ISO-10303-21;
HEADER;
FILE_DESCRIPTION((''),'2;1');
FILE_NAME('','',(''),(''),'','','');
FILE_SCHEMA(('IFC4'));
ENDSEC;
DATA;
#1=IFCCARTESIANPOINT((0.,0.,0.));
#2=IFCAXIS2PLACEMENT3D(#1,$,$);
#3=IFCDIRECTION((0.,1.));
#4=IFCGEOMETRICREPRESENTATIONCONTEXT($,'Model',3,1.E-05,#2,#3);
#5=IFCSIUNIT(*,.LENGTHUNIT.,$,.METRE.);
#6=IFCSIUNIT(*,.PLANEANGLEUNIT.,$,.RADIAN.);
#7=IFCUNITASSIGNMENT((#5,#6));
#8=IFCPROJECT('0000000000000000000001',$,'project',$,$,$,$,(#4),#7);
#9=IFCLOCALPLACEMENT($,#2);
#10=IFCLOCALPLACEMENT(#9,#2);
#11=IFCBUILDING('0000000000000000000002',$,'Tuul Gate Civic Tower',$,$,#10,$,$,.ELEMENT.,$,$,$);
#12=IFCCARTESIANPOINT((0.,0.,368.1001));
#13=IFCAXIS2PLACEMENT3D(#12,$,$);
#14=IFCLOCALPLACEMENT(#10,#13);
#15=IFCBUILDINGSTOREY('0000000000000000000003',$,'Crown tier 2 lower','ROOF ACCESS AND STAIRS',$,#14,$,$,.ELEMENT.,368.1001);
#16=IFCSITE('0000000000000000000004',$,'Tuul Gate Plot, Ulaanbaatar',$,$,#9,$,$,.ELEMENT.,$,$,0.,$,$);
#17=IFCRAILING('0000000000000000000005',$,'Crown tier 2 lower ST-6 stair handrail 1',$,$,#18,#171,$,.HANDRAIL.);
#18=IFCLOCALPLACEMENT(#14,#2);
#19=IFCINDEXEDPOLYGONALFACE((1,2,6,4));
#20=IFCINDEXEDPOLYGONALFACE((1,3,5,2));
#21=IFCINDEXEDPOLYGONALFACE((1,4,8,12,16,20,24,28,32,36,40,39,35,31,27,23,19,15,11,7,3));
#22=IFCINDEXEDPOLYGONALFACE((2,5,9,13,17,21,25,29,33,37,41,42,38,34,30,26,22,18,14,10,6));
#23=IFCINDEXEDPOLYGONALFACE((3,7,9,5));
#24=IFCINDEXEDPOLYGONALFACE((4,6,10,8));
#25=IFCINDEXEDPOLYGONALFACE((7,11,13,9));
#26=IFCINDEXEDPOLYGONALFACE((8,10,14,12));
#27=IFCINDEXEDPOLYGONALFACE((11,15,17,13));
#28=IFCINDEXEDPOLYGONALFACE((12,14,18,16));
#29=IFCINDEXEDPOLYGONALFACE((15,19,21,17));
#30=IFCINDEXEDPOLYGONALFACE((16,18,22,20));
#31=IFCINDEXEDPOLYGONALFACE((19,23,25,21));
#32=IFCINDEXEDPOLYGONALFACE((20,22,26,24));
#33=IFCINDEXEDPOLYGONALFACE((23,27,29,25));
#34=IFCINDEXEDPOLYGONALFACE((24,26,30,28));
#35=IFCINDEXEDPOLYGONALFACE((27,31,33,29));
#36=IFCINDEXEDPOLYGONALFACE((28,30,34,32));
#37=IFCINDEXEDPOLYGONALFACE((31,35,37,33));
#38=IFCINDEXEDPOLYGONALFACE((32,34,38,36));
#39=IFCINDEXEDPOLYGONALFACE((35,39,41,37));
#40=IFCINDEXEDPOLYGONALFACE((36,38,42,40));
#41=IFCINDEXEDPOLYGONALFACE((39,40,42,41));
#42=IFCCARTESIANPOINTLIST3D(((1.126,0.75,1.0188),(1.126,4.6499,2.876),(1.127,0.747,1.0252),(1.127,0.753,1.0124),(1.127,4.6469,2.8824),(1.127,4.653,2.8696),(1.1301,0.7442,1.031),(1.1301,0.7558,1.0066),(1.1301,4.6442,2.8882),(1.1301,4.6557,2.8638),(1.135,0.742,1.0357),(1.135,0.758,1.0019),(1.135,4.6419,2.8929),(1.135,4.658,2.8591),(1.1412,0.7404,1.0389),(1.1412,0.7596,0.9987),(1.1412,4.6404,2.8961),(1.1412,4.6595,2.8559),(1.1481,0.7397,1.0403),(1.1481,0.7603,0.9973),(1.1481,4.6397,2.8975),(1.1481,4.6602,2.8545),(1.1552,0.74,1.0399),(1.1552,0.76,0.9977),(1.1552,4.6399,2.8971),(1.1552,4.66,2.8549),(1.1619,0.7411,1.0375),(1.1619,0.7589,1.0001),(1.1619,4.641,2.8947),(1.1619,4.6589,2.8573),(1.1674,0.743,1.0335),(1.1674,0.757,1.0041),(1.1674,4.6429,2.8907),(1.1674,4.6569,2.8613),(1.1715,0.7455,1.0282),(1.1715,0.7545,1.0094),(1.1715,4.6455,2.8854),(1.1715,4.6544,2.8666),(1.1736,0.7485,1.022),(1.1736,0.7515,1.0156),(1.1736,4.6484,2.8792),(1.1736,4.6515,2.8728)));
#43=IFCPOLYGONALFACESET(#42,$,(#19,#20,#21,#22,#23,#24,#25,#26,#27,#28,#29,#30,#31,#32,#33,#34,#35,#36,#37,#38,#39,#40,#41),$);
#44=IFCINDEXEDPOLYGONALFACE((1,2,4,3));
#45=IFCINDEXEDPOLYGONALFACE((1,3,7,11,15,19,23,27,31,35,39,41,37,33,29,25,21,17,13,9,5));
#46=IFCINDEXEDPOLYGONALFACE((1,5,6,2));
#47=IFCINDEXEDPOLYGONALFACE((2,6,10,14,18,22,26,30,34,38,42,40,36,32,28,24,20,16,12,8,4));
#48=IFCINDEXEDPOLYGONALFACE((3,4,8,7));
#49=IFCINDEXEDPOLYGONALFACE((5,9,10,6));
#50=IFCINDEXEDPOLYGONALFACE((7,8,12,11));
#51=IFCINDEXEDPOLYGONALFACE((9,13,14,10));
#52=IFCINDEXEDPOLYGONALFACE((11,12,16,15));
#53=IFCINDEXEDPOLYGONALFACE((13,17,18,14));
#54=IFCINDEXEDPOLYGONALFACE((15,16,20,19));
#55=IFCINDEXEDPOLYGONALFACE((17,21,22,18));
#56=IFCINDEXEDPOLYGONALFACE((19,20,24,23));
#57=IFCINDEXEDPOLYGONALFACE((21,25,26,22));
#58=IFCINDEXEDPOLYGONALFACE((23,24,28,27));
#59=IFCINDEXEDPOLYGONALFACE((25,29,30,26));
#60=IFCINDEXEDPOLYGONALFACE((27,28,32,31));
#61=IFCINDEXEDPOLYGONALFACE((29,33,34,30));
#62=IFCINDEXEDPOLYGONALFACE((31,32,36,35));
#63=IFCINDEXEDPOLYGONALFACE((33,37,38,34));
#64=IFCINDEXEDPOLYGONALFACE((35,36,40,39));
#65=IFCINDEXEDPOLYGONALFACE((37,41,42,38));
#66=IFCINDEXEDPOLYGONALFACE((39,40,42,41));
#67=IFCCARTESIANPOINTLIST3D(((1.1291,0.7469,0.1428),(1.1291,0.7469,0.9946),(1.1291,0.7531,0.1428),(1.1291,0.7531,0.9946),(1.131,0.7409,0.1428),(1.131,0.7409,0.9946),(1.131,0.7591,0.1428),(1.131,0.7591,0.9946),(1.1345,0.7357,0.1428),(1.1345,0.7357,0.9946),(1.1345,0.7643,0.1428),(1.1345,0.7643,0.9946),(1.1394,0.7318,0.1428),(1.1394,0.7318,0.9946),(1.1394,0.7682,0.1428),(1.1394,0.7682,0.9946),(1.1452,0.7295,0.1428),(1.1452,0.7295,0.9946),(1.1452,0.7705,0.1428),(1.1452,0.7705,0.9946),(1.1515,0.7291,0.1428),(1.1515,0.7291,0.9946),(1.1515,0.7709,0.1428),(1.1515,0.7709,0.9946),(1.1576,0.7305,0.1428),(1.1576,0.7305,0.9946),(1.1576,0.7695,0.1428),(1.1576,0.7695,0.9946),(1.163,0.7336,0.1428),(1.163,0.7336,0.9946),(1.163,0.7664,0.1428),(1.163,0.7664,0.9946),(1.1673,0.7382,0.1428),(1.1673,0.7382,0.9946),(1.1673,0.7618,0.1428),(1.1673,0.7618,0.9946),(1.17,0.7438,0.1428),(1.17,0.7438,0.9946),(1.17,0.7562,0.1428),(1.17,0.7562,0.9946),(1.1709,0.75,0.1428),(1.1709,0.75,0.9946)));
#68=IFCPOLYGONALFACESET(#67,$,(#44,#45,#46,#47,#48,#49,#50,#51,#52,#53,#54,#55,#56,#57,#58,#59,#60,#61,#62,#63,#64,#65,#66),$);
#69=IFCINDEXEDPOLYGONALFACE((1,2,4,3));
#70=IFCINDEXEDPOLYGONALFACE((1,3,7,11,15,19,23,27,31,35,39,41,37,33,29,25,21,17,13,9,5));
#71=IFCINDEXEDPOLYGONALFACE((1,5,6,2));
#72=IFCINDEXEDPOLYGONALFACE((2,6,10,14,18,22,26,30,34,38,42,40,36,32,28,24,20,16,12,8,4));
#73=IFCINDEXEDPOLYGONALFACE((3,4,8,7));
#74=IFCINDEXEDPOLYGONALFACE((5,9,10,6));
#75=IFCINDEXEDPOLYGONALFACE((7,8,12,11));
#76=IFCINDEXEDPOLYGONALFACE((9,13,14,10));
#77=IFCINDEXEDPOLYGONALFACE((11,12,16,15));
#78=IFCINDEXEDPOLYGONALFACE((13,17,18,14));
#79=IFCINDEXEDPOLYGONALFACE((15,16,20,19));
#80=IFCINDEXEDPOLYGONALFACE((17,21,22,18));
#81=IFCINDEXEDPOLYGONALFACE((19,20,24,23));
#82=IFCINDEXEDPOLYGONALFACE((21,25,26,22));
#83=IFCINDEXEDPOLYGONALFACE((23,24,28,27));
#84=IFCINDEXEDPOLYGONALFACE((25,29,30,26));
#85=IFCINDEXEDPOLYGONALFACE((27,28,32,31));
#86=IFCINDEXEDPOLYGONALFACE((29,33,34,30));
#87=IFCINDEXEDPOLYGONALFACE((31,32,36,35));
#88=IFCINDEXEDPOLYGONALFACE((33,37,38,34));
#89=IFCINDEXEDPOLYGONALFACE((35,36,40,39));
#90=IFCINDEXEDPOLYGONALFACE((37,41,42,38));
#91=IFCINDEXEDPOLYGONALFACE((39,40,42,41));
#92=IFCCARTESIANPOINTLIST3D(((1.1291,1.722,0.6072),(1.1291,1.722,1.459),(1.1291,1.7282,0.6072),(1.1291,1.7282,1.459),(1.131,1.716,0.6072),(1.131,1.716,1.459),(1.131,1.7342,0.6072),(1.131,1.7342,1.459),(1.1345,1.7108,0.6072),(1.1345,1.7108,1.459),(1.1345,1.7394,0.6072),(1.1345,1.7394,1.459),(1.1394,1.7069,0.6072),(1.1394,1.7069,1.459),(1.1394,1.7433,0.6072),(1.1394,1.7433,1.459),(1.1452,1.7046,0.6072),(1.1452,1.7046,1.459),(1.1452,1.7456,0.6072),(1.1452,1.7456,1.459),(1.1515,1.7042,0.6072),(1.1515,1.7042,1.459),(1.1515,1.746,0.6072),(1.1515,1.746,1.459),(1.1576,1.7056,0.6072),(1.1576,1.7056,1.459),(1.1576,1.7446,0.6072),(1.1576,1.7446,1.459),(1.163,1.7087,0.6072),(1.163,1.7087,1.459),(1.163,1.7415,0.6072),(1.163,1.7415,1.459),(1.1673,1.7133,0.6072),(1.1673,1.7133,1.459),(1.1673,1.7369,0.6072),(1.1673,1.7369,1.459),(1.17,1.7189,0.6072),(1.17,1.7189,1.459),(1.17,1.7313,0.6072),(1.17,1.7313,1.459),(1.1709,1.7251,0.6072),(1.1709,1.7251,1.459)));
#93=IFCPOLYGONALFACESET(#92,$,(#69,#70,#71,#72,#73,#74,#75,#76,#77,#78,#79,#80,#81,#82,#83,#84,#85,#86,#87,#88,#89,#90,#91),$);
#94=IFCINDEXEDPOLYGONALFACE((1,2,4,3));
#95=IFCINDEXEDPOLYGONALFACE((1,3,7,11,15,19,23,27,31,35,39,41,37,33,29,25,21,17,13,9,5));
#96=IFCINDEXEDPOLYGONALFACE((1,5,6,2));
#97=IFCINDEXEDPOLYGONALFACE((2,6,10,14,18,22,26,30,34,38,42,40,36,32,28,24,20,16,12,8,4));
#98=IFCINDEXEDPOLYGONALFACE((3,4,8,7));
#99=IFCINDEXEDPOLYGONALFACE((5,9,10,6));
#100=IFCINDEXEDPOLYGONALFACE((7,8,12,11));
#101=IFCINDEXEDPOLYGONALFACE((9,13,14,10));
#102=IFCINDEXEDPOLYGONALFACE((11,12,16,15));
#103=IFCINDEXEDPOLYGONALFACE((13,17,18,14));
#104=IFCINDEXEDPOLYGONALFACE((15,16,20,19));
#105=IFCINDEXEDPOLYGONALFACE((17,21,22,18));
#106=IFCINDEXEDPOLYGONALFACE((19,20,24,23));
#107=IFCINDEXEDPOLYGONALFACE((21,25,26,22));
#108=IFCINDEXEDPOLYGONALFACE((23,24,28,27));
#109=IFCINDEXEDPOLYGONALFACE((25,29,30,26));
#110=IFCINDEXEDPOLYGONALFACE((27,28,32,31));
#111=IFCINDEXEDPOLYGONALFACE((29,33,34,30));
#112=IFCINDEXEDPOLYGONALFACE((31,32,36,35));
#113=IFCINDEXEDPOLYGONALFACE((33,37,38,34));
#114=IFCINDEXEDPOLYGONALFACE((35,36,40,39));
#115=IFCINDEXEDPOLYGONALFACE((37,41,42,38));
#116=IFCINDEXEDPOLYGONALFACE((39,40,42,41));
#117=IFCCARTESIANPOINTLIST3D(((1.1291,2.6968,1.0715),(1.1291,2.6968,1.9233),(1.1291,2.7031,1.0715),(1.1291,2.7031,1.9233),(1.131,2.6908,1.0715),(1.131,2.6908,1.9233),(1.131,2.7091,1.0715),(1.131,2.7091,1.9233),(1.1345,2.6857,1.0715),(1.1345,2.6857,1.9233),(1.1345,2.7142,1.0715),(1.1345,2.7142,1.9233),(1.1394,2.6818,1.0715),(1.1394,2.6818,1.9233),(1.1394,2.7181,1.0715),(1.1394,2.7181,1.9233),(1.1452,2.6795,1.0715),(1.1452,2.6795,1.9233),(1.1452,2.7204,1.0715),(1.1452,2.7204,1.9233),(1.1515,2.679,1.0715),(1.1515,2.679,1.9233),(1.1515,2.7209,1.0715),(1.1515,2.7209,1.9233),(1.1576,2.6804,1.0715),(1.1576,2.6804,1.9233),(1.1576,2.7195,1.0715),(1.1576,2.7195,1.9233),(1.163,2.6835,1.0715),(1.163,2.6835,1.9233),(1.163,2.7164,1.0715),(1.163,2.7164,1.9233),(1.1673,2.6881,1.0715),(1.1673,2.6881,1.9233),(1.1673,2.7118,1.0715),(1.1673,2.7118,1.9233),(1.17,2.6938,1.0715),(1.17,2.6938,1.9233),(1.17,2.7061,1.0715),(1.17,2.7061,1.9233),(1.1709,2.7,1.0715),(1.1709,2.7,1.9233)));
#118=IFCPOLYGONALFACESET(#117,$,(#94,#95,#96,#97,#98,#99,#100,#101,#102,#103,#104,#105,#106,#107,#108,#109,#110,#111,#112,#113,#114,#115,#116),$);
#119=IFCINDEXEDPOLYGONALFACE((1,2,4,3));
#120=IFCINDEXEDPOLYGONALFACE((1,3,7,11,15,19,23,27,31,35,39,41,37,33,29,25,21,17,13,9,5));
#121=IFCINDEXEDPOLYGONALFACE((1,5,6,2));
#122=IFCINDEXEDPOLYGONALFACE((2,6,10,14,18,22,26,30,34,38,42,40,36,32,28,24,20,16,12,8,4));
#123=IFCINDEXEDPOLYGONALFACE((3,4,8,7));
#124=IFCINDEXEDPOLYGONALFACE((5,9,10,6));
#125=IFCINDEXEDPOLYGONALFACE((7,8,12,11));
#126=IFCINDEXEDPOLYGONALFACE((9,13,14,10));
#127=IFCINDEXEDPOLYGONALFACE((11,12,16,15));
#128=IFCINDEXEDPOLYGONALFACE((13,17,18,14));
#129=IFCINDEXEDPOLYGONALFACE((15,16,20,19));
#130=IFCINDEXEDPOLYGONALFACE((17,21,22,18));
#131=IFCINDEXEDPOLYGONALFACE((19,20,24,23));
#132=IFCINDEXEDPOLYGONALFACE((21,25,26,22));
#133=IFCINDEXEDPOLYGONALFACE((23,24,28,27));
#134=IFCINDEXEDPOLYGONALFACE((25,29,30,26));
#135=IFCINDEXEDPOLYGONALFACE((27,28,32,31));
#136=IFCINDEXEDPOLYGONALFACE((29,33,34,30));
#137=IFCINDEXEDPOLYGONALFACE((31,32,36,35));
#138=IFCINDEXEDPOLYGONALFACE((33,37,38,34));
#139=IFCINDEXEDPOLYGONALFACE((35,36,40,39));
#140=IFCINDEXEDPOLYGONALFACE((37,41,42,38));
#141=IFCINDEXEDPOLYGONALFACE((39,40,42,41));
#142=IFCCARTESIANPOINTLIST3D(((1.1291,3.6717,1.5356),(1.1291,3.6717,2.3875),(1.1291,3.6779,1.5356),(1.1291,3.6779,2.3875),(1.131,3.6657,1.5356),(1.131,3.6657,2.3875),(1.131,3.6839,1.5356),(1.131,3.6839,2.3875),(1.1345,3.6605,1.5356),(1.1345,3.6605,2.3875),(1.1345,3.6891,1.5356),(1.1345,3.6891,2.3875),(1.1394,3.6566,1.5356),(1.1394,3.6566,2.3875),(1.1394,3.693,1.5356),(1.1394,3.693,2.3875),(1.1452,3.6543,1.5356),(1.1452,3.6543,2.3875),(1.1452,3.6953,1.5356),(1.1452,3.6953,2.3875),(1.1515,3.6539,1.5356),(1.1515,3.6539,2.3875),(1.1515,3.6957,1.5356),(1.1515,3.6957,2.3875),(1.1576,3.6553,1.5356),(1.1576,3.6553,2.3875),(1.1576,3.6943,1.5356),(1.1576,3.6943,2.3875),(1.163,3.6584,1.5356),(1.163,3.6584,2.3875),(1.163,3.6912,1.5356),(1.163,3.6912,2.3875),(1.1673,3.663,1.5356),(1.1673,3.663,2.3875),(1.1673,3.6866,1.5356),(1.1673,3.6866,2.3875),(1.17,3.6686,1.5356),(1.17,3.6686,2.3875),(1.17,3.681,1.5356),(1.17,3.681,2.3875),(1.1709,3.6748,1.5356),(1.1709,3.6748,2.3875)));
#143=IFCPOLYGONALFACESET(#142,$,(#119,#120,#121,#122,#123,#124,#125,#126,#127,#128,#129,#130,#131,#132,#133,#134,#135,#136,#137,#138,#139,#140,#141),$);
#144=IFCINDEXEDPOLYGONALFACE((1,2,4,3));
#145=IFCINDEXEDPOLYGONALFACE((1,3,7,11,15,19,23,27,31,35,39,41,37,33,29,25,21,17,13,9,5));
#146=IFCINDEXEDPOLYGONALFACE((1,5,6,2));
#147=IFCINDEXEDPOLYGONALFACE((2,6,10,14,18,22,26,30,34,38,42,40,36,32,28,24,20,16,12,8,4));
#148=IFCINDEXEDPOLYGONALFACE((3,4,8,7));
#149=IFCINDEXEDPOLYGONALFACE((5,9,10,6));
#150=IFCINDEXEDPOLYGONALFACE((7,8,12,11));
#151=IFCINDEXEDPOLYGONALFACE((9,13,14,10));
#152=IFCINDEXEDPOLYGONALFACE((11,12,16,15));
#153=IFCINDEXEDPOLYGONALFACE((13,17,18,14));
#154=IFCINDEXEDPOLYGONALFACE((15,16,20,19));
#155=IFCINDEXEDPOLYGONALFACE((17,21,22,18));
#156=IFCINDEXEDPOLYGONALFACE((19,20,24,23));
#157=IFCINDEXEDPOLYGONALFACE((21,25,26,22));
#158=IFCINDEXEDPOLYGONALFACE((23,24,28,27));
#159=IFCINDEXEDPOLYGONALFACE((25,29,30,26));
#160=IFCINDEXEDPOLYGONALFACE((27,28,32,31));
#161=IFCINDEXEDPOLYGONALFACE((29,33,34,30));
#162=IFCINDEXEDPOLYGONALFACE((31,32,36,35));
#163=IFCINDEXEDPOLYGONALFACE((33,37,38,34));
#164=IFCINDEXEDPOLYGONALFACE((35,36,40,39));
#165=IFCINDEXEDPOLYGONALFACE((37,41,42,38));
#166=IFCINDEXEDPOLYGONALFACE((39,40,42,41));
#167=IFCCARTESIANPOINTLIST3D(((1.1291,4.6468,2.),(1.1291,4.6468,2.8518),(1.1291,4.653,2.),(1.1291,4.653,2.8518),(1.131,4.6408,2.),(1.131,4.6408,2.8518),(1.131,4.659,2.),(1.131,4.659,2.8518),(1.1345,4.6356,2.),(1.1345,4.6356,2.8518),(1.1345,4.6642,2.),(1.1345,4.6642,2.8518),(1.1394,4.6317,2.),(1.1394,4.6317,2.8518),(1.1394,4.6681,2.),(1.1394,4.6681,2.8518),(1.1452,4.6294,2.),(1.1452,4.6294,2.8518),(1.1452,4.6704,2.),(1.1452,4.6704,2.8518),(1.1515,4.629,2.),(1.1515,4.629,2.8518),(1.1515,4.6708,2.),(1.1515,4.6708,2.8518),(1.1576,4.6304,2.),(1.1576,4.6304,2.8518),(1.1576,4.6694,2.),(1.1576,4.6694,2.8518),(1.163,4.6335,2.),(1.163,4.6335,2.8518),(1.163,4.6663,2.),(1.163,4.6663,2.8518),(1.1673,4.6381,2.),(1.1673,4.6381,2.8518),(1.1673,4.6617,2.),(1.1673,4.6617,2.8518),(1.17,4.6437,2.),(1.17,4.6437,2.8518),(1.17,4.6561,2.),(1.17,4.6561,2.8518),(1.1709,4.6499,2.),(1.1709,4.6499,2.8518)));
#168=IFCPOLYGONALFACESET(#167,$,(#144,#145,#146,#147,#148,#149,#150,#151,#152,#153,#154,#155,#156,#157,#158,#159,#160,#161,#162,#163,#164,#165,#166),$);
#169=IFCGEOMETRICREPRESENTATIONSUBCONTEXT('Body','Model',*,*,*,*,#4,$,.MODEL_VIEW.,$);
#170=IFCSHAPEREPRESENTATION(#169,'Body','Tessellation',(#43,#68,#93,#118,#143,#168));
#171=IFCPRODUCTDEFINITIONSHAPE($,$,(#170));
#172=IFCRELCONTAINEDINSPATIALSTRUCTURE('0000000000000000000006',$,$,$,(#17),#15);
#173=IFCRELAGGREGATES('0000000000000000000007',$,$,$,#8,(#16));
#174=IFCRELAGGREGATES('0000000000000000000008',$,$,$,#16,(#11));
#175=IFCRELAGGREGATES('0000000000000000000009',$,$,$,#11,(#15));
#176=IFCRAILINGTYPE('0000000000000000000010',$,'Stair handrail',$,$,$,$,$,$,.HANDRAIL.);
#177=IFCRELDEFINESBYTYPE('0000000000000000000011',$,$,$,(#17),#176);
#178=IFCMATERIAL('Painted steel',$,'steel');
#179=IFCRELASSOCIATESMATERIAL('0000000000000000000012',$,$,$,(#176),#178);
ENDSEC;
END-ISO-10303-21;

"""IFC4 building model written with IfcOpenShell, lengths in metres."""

from ifc_helpers import new_model, si_unit, direction, frame, origin, origin_2d, place, context, subcontext, project, spatial, circle, extrude, material, type_object, element, save


model = new_model("IFC4")

# Units and contexts
model_context = context("Model", 3, precision=1e-05, world=origin(), true_north=direction((0.0, 1.0)))
body_context = subcontext(model_context, "Body", "Model", "MODEL_VIEW")
ifc_project = project(units=[si_unit("LENGTHUNIT", "METRE"), si_unit("PLANEANGLEUNIT", "RADIAN")], contexts=[model_context])

# Site, building, storey
site_placement = place(None, origin())
site = spatial("IfcSite", under=ifc_project, at=site_placement, Name="Tuul Gate Plot, Ulaanbaatar", CompositionType="ELEMENT", RefElevation=0.0)
building_placement = place(site_placement, origin())
building = spatial("IfcBuilding", under=site, at=building_placement, Name="Tuul Gate Civic Tower", CompositionType="ELEMENT")
storey_placement = place(building_placement, frame((0.0, 0.0, 368.1001)))
storey = spatial("IfcBuildingStorey", under=building, at=storey_placement, Name="Crown tier 2 lower", Description="ROOF ACCESS AND STAIRS", CompositionType="ELEMENT", Elevation=368.1001)

# Railing
ifc_material_1 = material(Name="Painted steel", Category="steel")
railing_type_1 = type_object("IfcRailingType", Name="Stair handrail", PredefinedType="HANDRAIL", material=ifc_material_1)
railing_1_placement = place(storey_placement, frame((1.1499, 0.75, 0.1428)))
element("IfcRailing", 1, at=railing_1_placement, inside=storey, type_object=railing_type_1, Name="Crown tier 2 lower ST-6 stair handrail 1", PredefinedType="HANDRAIL", context=body_context, shape_type="SweptSolid", body=[
    extrude(circle(Radius=0.0239, at=origin_2d()), frame((0.0, 0.0, 0.876), z_axis=(0.0, 0.902853, 0.429949), x_axis=(-1.0, 0.0, 0.0)), (0.0, 0.0, 1.0), 4.3196),
    extrude(circle(Radius=0.021, at=origin_2d()), origin(), (0.0, 0.0, 1.0), 0.8518),
    extrude(circle(Radius=0.021, at=origin_2d()), frame((0.0, 0.9751, 0.4644)), (0.0, 0.0, 1.0), 0.8518),
    extrude(circle(Radius=0.021, at=origin_2d()), frame((0.0, 1.95, 0.9287)), (0.0, 0.0, 1.0), 0.8518),
    extrude(circle(Radius=0.021, at=origin_2d()), frame((0.0, 2.9248, 1.3928)), (0.0, 0.0, 1.0), 0.8518),
    extrude(circle(Radius=0.021, at=origin_2d()), frame((0.0, 3.8999, 1.8572)), (0.0, 0.0, 1.0), 0.8518),
])

save(model, "model.ifc")
